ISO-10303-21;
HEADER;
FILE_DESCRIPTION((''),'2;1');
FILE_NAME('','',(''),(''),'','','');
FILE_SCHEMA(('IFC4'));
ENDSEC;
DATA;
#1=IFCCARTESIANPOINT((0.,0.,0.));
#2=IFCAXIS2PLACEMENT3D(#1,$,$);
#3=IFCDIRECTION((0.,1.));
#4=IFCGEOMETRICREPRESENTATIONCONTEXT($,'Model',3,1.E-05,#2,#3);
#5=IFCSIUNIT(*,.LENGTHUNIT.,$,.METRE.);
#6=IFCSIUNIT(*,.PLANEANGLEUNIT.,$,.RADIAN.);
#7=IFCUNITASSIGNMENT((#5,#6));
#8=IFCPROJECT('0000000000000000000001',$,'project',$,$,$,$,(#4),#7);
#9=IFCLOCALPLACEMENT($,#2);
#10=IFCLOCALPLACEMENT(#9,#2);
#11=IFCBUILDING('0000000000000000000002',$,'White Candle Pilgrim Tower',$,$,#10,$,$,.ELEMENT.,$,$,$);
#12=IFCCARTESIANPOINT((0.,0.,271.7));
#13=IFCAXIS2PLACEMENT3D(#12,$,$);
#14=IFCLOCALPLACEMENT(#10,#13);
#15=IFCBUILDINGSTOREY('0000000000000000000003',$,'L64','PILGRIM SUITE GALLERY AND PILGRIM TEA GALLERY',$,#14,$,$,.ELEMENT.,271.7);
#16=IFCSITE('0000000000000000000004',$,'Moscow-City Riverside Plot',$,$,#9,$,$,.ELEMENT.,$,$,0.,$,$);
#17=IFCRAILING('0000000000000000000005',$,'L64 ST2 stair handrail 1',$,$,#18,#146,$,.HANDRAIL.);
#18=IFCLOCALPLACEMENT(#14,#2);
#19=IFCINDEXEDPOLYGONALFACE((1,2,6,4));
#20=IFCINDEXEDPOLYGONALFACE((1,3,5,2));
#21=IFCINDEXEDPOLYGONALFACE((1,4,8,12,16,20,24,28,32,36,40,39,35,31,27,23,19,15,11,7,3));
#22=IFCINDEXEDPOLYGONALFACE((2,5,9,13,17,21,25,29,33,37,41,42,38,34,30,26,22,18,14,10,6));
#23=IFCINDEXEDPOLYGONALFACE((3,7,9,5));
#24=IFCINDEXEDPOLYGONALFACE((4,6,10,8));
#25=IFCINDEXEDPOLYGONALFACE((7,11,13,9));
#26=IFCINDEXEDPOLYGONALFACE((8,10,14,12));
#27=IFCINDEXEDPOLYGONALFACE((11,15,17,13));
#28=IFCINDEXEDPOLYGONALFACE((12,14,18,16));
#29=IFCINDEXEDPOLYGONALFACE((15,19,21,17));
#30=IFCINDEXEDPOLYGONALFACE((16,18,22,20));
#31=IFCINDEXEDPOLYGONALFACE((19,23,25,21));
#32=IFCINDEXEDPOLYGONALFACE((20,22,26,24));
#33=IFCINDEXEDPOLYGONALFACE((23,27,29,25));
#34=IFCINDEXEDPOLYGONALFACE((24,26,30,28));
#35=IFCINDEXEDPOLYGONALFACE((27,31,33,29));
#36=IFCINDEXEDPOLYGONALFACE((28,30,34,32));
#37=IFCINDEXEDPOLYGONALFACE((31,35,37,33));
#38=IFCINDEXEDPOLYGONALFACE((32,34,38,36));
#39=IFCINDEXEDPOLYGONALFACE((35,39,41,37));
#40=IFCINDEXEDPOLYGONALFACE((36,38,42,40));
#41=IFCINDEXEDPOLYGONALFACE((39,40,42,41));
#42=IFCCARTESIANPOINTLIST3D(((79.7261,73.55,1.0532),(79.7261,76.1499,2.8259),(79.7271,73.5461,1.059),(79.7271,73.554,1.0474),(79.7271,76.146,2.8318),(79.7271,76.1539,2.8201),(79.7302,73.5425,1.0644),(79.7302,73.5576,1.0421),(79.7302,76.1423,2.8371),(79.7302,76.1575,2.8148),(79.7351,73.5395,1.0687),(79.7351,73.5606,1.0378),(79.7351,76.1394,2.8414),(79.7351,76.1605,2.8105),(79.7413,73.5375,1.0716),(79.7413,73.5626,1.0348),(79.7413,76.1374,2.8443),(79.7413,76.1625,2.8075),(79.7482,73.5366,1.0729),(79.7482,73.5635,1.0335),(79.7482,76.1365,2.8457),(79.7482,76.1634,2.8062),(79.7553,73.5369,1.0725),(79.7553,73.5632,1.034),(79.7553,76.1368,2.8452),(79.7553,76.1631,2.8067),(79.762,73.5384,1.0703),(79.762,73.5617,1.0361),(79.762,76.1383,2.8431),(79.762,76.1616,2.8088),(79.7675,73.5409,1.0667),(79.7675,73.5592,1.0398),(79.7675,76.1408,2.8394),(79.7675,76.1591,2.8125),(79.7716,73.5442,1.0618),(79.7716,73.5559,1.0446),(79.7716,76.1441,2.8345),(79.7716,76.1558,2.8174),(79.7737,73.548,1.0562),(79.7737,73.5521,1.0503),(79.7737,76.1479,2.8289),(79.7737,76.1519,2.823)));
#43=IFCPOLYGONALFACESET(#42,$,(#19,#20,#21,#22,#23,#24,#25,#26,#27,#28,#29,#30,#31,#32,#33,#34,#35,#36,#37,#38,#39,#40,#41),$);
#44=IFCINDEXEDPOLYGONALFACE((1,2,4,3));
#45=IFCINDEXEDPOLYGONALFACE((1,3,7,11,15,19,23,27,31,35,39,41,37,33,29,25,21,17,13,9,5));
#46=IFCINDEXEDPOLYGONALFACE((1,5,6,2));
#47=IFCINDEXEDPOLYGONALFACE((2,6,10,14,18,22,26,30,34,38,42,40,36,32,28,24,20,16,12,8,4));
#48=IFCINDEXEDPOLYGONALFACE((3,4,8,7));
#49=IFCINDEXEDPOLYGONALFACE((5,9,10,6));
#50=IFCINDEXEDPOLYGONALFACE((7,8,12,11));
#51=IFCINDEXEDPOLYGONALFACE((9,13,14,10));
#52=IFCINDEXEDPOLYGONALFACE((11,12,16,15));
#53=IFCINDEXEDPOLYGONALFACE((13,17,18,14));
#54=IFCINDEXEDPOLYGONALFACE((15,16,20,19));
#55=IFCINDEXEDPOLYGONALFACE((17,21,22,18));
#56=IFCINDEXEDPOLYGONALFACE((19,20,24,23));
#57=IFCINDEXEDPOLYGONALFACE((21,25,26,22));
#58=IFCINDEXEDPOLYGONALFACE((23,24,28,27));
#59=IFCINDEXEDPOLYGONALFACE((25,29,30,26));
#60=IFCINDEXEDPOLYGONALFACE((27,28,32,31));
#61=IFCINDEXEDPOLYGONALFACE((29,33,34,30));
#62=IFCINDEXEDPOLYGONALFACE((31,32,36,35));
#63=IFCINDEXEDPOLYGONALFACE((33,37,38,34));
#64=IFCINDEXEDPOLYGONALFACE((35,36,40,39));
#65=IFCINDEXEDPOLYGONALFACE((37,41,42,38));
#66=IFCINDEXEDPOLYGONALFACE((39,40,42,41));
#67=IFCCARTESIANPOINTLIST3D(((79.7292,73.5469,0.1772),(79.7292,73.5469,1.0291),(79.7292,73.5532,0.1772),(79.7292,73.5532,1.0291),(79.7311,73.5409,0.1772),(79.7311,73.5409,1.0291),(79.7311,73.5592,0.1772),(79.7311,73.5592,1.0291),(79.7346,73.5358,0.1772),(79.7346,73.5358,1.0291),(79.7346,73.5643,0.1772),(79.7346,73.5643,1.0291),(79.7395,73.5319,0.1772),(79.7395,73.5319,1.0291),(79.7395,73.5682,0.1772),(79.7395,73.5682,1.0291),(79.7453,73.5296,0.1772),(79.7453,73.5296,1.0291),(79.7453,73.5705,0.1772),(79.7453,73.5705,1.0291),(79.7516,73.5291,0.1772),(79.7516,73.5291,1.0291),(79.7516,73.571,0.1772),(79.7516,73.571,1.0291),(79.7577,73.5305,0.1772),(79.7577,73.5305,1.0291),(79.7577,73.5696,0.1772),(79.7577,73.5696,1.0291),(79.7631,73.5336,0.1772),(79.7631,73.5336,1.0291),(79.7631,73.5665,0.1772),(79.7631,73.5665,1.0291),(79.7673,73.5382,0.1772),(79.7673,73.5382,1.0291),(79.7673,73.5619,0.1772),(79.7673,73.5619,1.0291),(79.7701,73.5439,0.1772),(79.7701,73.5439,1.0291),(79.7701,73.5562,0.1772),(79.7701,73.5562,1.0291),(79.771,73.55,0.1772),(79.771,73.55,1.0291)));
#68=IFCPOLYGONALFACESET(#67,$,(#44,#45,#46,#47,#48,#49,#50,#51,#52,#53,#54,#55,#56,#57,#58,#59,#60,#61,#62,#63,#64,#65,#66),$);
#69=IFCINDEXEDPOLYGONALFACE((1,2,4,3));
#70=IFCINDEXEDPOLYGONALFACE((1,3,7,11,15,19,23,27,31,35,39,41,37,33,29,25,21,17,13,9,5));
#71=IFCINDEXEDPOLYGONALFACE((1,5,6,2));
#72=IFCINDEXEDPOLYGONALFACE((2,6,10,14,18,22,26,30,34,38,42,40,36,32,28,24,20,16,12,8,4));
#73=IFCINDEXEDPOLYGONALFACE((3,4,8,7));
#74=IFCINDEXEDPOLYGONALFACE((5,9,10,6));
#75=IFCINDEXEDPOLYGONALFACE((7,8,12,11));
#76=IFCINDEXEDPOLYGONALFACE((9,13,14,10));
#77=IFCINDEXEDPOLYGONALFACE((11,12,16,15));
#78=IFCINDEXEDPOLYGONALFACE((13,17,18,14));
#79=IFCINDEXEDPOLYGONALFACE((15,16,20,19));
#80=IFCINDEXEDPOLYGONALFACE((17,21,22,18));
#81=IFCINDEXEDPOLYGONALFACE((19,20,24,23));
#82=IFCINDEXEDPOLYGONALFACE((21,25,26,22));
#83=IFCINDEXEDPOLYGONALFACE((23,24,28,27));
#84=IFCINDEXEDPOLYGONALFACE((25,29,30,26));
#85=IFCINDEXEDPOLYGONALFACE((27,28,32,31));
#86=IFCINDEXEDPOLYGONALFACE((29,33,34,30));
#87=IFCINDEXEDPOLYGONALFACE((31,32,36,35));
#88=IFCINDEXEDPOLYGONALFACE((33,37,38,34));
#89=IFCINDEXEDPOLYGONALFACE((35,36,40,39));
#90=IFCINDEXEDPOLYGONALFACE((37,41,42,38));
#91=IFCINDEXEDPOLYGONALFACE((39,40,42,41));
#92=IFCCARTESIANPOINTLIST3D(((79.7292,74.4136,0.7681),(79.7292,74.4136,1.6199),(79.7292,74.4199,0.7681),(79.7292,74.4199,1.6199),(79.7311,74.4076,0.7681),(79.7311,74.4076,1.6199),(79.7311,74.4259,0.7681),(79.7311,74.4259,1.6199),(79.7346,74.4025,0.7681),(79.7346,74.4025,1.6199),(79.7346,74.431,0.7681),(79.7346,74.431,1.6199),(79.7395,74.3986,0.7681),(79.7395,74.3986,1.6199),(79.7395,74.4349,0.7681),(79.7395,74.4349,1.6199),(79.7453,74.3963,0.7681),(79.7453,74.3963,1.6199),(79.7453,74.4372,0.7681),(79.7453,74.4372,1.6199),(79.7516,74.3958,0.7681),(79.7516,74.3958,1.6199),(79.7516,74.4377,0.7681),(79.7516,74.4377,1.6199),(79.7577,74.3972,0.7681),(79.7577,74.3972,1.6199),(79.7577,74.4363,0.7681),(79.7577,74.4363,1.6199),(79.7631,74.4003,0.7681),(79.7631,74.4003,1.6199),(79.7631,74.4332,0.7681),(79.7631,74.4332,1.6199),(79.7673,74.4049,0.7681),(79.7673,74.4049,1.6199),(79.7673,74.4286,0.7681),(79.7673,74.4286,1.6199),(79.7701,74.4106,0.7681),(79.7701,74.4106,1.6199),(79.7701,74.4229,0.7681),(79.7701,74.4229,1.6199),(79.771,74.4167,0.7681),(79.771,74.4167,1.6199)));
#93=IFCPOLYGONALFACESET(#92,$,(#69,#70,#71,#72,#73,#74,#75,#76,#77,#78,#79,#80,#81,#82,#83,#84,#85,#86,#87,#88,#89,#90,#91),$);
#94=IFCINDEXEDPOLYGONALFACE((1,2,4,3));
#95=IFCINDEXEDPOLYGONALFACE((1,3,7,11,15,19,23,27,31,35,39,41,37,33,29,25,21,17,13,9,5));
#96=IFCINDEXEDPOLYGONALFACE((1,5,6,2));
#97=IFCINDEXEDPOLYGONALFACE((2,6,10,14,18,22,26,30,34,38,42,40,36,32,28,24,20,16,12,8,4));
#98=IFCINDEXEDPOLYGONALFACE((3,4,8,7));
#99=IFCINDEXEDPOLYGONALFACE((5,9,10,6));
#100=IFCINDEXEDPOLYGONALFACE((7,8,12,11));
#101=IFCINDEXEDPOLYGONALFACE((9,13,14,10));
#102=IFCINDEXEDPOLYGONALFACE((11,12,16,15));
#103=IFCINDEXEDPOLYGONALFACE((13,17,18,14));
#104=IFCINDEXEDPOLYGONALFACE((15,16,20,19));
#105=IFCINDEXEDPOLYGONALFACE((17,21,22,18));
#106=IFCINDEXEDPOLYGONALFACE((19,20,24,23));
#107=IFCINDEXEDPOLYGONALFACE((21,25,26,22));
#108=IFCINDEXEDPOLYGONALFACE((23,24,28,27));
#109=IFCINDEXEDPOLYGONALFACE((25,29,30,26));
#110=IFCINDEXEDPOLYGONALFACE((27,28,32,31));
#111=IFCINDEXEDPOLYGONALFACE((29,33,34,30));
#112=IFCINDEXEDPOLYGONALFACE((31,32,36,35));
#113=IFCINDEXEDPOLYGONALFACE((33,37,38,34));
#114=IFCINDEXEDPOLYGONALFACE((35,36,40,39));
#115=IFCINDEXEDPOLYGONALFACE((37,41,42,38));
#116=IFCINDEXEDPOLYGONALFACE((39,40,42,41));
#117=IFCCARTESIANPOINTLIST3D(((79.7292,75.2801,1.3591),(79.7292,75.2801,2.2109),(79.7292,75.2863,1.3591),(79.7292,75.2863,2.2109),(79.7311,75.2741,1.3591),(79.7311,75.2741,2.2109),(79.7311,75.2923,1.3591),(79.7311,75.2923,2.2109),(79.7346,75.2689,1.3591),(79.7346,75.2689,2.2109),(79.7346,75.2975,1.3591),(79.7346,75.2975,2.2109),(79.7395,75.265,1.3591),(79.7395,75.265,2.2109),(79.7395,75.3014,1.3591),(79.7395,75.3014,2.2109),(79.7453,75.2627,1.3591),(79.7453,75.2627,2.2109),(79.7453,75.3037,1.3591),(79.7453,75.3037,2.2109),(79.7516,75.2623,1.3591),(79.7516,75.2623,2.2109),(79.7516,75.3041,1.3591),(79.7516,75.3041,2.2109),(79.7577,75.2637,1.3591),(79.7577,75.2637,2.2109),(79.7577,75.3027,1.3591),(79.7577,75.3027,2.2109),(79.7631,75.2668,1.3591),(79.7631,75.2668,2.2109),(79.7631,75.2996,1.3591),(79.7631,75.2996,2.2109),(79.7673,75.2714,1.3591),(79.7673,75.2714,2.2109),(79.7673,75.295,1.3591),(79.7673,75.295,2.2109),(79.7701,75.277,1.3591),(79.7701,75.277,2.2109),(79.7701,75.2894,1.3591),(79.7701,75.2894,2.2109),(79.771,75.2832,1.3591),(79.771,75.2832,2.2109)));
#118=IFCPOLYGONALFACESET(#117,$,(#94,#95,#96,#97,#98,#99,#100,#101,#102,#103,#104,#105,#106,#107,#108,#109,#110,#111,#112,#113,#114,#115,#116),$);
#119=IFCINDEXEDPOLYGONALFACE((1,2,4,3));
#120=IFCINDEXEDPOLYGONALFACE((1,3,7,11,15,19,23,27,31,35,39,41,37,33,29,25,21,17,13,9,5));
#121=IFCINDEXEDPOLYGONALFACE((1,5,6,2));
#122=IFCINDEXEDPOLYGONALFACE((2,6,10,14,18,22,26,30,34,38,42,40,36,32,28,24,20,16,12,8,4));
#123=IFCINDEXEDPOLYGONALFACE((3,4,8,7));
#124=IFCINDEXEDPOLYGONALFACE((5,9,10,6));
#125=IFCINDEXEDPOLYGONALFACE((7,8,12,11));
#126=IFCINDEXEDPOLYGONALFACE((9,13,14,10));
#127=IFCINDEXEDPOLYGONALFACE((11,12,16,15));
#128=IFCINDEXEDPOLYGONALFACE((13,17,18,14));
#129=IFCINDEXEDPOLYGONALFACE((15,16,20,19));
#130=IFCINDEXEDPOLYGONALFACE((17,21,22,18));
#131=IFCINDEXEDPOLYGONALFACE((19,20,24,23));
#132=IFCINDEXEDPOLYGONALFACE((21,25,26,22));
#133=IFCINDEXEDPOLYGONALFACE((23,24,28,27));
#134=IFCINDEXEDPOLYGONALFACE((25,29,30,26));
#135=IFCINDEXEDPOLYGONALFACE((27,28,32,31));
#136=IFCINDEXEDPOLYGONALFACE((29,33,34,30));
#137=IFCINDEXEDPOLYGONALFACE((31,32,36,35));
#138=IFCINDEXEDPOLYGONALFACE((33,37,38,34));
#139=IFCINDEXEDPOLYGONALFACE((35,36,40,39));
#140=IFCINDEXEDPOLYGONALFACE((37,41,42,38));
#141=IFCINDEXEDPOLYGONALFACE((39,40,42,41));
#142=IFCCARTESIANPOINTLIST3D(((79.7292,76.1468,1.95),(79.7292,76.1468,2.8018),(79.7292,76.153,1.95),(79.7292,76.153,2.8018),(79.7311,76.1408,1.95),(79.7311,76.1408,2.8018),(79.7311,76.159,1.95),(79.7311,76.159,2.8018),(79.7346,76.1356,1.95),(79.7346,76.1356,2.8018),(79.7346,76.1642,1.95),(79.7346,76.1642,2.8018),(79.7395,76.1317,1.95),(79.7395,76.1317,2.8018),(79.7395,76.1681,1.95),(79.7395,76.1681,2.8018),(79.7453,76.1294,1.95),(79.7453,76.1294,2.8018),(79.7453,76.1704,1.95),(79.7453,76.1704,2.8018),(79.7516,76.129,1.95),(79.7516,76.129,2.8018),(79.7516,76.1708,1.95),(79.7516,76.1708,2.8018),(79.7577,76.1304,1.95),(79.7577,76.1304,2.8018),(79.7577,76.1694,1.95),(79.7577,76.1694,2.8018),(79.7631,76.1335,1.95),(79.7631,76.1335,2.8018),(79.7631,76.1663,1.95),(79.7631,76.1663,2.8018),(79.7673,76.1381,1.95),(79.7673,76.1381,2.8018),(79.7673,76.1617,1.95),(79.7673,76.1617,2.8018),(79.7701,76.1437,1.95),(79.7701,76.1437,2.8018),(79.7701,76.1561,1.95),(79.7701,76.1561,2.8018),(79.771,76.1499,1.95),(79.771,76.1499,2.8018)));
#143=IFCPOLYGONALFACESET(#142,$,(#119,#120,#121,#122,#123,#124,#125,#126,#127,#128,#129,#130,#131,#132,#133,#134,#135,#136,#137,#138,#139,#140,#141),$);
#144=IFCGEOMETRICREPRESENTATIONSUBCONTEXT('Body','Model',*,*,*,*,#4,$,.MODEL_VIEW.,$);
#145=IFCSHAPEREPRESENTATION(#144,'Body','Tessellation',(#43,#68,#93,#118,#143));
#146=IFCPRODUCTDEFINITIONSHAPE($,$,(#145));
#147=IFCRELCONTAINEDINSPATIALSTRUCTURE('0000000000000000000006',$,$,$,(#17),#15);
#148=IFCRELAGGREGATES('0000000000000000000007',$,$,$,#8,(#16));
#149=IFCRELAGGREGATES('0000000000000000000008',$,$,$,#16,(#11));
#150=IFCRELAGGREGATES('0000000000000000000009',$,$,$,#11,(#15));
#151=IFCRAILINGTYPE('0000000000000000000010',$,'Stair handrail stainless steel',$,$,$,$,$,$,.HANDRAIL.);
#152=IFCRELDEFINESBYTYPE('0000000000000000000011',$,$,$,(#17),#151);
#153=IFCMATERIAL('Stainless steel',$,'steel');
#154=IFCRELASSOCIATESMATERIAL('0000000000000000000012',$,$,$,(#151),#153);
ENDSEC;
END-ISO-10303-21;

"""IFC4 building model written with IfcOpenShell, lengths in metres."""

from ifc_helpers import new_model, si_unit, direction, frame, origin, origin_2d, place, context, subcontext, project, spatial, circle, extrude, material, type_object, element, save


model = new_model("IFC4")

# Units and contexts
model_context = context("Model", 3, precision=1e-05, world=origin(), true_north=direction((0.0, 1.0)))
body_context = subcontext(model_context, "Body", "Model", "MODEL_VIEW")
ifc_project = project(units=[si_unit("LENGTHUNIT", "METRE"), si_unit("PLANEANGLEUNIT", "RADIAN")], contexts=[model_context])

# Site, building, storey
site_placement = place(None, origin())
site = spatial("IfcSite", under=ifc_project, at=site_placement, Name="Moscow-City Riverside Plot", CompositionType="ELEMENT", RefElevation=0.0)
building_placement = place(site_placement, origin())
building = spatial("IfcBuilding", under=site, at=building_placement, Name="White Candle Pilgrim Tower", CompositionType="ELEMENT")
storey_placement = place(building_placement, frame((0.0, 0.0, 271.7)))
storey = spatial("IfcBuildingStorey", under=building, at=storey_placement, Name="L64", Description="PILGRIM SUITE GALLERY AND PILGRIM TEA GALLERY", CompositionType="ELEMENT", Elevation=271.7)

# Railing
ifc_material_1 = material(Name="Stainless steel", Category="steel")
railing_type_1 = type_object("IfcRailingType", Name="Stair handrail stainless steel", PredefinedType="HANDRAIL", material=ifc_material_1)
railing_1_placement = place(storey_placement, frame((79.75, 73.55, 0.1772)))
element("IfcRailing", 1, at=railing_1_placement, inside=storey, type_object=railing_type_1, Name="L64 ST2 stair handrail 1", PredefinedType="HANDRAIL", context=body_context, shape_type="SweptSolid", body=[
    extrude(circle(Radius=0.0239, at=origin_2d()), frame((0.0, 0.0, 0.876), z_axis=(0.0, 0.826216, 0.563354), x_axis=(-1.0, 0.0, 0.0)), (0.0, 0.0, 1.0), 3.1467),
    extrude(circle(Radius=0.021, at=origin_2d()), origin(), (0.0, 0.0, 1.0), 0.8518),
    extrude(circle(Radius=0.021, at=origin_2d()), frame((0.0, 0.8667, 0.5908)), (0.0, 0.0, 1.0), 0.8518),
    extrude(circle(Radius=0.021, at=origin_2d()), frame((0.0, 1.7332, 1.1819)), (0.0, 0.0, 1.0), 0.8518),
    extrude(circle(Radius=0.021, at=origin_2d()), frame((0.0, 2.5999, 1.7727)), (0.0, 0.0, 1.0), 0.8518),
])

save(model, "model.ifc")
